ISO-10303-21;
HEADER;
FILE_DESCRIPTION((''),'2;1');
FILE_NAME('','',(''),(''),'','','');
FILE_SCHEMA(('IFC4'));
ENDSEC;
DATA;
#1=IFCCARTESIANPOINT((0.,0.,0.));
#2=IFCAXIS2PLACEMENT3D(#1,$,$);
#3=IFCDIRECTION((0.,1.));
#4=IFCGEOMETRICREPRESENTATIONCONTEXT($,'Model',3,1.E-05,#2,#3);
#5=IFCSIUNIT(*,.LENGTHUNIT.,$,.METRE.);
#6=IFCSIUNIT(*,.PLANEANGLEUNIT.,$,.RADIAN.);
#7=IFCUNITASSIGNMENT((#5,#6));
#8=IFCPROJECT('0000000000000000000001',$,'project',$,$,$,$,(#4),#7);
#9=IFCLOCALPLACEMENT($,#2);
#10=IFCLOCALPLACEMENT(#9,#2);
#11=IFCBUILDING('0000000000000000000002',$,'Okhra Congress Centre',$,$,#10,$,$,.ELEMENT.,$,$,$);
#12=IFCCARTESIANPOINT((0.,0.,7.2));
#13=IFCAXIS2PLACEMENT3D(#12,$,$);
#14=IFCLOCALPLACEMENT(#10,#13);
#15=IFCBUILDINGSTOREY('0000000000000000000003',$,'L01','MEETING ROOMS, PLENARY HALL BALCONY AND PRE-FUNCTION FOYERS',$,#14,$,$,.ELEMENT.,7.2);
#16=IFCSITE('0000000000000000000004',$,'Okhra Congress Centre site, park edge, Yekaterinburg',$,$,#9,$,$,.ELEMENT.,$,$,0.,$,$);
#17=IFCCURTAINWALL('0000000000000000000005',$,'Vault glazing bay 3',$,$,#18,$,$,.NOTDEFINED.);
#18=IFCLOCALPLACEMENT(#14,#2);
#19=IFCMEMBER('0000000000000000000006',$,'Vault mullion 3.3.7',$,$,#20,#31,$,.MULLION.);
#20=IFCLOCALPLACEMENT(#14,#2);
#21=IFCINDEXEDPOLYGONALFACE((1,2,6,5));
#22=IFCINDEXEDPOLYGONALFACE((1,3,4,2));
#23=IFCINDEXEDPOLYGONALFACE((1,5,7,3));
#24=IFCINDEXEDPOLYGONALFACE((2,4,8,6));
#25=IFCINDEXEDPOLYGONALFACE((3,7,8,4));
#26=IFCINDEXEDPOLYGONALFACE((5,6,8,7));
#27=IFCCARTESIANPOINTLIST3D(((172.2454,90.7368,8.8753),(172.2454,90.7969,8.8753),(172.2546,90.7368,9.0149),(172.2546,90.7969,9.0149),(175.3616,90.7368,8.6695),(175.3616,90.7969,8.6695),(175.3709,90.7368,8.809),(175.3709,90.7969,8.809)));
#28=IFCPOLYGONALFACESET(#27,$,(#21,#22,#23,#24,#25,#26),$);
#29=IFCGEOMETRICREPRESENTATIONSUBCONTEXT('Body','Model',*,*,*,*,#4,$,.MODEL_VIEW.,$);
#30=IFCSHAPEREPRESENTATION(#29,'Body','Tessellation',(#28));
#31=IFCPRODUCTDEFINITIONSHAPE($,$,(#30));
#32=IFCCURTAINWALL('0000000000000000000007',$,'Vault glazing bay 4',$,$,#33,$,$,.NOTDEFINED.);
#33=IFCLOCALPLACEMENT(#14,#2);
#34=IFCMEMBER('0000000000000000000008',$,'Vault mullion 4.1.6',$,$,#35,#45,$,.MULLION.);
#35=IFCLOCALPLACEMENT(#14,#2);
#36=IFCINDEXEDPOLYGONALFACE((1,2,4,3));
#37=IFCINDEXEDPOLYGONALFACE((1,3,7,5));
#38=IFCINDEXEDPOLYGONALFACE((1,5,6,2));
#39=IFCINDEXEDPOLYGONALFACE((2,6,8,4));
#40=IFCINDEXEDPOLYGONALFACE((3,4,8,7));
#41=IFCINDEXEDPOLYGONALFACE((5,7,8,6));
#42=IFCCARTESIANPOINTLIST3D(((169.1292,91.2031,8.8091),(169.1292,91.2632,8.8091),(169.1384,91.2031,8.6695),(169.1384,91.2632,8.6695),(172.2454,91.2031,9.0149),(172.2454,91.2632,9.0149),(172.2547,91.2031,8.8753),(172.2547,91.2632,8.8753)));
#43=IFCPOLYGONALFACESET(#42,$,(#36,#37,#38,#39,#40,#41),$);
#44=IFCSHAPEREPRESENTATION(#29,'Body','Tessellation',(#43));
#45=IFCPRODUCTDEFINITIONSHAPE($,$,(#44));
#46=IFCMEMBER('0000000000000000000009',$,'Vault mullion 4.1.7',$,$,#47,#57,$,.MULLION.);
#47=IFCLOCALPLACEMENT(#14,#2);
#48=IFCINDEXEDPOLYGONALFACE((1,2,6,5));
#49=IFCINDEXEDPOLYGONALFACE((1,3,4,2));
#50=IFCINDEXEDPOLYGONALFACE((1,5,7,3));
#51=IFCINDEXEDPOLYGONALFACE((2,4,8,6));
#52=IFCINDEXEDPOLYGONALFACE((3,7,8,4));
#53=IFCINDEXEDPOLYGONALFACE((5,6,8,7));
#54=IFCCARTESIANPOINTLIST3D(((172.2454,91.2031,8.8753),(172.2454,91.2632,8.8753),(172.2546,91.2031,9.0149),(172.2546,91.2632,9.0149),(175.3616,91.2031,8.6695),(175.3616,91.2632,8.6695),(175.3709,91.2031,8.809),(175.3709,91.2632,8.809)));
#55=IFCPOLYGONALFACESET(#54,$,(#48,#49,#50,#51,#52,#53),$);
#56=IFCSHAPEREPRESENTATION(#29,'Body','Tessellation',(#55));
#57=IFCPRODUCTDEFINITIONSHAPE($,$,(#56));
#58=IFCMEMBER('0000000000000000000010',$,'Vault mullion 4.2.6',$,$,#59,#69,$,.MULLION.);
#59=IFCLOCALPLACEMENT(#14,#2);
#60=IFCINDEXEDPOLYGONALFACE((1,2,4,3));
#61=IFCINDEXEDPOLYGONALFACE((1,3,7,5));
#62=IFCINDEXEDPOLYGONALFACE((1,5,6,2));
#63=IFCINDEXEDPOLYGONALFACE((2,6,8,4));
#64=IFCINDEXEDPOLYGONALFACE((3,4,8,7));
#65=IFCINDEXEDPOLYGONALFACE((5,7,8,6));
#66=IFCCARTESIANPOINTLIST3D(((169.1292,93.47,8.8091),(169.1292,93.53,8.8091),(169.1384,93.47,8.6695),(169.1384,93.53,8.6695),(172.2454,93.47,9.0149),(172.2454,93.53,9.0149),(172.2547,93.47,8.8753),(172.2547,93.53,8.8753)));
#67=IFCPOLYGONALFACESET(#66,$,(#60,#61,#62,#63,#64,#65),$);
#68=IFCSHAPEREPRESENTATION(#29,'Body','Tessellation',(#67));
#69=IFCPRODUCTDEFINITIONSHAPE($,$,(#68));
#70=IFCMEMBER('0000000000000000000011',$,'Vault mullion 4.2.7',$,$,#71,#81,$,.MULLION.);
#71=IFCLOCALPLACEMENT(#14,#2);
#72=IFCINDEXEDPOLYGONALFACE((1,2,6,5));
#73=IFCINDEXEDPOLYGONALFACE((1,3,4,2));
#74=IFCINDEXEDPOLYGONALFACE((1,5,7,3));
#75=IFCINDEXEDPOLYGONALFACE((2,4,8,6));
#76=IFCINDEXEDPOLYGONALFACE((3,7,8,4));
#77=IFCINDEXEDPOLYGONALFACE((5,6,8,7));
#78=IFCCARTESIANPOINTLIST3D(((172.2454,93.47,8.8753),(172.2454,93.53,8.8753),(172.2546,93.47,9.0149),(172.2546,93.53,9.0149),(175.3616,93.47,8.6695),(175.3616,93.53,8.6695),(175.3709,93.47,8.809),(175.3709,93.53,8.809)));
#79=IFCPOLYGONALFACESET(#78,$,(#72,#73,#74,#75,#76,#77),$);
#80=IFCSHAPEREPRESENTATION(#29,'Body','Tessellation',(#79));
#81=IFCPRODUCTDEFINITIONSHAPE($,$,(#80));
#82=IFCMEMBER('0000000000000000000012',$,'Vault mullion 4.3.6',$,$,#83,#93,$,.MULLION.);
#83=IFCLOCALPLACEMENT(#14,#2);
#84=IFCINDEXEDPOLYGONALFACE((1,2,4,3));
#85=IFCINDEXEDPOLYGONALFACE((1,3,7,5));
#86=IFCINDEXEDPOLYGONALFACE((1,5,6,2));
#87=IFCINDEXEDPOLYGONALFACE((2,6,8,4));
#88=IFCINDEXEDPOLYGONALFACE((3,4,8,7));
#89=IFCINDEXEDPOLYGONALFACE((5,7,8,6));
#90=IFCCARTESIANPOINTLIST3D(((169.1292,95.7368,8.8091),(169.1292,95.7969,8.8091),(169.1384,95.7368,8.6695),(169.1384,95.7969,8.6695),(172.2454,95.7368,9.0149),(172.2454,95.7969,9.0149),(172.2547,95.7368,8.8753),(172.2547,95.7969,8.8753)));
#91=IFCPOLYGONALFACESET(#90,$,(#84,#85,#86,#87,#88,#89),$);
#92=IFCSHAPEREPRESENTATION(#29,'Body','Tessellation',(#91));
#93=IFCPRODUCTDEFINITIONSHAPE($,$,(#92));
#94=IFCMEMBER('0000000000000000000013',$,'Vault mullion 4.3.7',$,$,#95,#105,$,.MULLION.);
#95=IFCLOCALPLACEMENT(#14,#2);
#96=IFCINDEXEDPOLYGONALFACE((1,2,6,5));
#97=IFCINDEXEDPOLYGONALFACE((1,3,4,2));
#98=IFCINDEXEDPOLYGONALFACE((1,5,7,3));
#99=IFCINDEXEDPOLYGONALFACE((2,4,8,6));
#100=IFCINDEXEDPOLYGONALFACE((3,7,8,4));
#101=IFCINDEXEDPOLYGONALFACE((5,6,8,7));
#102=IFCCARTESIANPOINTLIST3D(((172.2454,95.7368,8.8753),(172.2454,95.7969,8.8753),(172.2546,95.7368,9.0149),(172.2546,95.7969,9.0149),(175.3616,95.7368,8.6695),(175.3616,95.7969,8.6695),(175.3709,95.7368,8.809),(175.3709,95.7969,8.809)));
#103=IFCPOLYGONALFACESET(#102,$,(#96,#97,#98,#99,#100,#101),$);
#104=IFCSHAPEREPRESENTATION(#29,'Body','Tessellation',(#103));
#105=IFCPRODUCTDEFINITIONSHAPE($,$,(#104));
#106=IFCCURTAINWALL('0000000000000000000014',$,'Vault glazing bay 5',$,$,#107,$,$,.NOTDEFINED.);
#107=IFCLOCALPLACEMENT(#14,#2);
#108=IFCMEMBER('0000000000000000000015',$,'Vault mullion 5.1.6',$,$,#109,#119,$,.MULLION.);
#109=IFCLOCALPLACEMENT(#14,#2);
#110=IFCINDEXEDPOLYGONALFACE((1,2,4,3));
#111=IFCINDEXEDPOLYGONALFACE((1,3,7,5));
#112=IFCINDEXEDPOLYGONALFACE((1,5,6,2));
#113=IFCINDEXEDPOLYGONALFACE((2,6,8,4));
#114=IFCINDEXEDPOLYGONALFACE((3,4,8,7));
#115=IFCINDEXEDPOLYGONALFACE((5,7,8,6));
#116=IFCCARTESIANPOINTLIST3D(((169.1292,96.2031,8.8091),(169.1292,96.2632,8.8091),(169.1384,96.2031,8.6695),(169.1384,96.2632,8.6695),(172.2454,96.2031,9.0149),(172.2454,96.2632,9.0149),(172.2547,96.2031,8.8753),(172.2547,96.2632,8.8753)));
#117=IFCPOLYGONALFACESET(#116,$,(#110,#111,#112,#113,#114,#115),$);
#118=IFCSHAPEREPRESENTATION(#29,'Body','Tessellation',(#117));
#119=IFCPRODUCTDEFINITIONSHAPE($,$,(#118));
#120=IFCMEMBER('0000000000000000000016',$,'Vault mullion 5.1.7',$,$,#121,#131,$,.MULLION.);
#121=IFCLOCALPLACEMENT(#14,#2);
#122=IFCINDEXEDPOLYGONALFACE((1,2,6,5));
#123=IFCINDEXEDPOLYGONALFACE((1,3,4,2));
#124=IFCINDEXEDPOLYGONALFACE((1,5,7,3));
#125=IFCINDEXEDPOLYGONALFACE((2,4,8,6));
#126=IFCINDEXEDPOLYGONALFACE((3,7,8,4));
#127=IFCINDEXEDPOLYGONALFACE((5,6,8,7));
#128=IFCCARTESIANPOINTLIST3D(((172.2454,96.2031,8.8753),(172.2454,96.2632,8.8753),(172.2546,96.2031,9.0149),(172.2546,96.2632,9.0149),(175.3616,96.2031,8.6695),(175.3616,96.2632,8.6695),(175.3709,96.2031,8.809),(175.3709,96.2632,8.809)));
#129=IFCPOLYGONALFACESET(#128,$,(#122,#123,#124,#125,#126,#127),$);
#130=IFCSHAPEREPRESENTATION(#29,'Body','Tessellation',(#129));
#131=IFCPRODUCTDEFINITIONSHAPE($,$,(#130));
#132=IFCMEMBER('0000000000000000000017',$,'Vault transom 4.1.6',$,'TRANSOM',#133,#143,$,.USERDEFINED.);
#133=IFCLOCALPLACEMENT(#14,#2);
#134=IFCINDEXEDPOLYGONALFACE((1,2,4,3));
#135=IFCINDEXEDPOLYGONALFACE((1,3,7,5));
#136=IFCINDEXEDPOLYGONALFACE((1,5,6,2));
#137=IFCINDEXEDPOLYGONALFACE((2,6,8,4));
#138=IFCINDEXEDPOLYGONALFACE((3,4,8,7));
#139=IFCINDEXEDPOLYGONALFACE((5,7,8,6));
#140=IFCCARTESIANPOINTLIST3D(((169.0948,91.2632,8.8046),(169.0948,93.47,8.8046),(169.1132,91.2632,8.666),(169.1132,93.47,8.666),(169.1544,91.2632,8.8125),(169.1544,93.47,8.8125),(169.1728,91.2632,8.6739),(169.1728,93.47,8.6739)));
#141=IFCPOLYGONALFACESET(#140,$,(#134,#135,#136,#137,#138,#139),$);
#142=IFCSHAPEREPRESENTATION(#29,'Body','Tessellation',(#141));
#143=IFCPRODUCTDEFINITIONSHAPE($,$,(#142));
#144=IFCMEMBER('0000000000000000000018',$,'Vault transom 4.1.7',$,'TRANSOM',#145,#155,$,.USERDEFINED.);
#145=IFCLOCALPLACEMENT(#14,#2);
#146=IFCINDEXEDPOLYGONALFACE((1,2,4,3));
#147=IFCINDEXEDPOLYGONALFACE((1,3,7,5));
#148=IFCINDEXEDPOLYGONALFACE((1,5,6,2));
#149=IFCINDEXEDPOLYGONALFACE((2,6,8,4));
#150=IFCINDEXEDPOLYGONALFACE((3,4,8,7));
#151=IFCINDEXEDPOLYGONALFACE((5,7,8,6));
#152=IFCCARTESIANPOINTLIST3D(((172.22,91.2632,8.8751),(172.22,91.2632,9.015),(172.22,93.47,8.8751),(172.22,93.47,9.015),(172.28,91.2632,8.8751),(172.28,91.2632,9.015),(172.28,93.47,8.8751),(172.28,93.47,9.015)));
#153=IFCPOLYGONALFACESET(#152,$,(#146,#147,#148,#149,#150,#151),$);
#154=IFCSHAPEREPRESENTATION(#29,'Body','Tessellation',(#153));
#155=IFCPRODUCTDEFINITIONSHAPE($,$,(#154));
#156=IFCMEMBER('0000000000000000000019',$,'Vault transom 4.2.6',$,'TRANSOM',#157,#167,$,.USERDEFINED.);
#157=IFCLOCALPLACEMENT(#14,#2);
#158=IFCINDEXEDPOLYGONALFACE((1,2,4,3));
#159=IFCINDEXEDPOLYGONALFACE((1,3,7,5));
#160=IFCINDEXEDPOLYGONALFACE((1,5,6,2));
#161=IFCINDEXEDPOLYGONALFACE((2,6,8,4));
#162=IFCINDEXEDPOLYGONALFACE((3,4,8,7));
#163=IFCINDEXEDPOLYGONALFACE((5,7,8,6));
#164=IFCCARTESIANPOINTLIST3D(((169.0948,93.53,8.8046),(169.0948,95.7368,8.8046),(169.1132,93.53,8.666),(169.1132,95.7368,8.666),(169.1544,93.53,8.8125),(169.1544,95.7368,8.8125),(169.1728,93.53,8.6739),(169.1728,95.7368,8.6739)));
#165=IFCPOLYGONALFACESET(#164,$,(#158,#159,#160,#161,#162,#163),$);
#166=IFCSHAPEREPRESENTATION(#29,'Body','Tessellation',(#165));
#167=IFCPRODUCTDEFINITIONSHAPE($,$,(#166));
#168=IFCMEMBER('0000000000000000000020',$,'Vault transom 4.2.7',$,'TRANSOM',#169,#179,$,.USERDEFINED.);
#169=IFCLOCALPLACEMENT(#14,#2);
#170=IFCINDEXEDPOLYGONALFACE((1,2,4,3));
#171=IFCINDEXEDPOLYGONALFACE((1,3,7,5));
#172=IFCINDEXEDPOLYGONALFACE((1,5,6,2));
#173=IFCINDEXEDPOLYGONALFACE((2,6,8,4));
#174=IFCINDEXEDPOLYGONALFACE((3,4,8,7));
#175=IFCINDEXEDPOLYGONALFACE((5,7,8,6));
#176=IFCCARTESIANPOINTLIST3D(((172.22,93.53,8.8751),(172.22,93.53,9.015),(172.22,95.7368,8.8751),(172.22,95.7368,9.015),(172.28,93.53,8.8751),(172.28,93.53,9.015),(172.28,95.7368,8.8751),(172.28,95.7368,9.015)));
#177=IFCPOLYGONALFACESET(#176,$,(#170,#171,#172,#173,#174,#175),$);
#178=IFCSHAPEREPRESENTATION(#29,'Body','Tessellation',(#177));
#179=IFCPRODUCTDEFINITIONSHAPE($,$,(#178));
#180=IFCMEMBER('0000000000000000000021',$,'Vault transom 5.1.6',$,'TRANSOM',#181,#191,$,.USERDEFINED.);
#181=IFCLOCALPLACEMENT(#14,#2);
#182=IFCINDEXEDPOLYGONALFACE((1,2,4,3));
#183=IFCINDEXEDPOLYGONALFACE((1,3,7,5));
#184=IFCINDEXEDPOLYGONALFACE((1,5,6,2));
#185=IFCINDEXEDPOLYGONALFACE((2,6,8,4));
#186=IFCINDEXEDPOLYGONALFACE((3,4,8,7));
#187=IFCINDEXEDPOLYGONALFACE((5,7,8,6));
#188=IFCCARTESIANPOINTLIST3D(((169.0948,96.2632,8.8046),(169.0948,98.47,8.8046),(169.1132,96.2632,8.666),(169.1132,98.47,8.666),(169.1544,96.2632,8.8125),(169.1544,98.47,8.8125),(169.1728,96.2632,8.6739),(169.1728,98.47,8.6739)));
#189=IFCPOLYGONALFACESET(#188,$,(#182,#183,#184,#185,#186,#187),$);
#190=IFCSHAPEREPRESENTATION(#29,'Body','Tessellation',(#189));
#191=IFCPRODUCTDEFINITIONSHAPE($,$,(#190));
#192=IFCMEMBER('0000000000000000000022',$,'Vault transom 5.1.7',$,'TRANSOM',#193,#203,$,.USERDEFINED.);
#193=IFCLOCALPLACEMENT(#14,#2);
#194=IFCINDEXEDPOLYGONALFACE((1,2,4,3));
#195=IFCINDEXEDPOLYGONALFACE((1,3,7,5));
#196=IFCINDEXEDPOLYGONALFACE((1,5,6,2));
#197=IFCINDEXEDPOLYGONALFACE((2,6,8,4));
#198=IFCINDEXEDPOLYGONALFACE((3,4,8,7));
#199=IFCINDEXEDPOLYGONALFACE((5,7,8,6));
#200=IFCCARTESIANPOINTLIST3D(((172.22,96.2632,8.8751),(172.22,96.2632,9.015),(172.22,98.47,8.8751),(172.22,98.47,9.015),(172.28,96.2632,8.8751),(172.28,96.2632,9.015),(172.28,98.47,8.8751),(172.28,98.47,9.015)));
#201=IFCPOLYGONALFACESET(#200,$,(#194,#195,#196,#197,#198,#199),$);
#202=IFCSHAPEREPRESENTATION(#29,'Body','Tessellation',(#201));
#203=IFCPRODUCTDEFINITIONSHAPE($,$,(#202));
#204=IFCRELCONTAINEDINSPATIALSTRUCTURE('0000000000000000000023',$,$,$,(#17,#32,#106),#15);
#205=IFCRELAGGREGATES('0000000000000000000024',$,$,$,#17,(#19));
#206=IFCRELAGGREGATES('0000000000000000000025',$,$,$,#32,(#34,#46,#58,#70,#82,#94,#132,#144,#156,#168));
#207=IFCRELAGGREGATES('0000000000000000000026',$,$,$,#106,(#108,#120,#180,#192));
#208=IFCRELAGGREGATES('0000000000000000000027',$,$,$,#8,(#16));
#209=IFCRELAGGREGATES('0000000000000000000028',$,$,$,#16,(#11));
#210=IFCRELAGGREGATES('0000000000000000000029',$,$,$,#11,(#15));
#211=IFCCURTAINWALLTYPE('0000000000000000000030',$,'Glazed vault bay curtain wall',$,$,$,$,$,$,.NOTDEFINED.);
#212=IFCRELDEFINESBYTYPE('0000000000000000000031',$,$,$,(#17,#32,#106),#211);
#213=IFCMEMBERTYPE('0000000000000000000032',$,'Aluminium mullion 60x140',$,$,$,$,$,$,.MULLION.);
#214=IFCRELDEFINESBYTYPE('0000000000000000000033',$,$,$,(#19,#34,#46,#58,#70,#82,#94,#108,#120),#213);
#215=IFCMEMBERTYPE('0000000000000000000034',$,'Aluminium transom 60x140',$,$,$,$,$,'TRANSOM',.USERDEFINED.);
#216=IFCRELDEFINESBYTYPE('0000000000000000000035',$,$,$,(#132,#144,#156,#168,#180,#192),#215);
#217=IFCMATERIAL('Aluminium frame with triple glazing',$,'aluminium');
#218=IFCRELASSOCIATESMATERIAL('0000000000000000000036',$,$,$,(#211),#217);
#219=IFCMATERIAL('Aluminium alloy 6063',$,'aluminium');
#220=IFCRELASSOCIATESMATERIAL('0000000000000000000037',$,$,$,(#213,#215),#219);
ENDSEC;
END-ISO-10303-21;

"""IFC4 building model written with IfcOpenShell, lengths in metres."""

from ifc_helpers import new_model, si_unit, direction, frame, origin, origin_2d, place, context, subcontext, project, spatial, rectangle, extrude, material, material_profile, profile_set, type_object, element, aggregate, save


model = new_model("IFC4")

# Units and contexts
model_context = context("Model", 3, precision=1e-05, world=origin(), true_north=direction((0.0, 1.0)))
body_context = subcontext(model_context, "Body", "Model", "MODEL_VIEW")
ifc_project = project(units=[si_unit("LENGTHUNIT", "METRE"), si_unit("PLANEANGLEUNIT", "RADIAN")], contexts=[model_context])

# Site, building, storey
site_placement = place(None, origin())
site = spatial("IfcSite", under=ifc_project, at=site_placement, Name="Okhra Congress Centre site, park edge, Yekaterinburg", CompositionType="ELEMENT", RefElevation=0.0)
building_placement = place(site_placement, origin())
building = spatial("IfcBuilding", under=site, at=building_placement, Name="Okhra Congress Centre", CompositionType="ELEMENT")
storey_placement = place(building_placement, frame((0.0, 0.0, 7.2)))
storey = spatial("IfcBuildingStorey", under=building, at=storey_placement, Name="L01", Description="MEETING ROOMS, PLENARY HALL BALCONY AND PRE-FUNCTION FOYERS", CompositionType="ELEMENT", Elevation=7.2)

# Curtain wall, member
ifc_material_1 = material(Name="Aluminium frame with triple glazing", Category="aluminium")
curtain_wall_type = type_object("IfcCurtainWallType", Name="Glazed vault bay curtain wall", PredefinedType="NOTDEFINED", material=ifc_material_1)
curtain_wall_1_placement = place(storey_placement, origin())
curtain_wall_1 = element("IfcCurtainWall", 1, at=curtain_wall_1_placement, inside=storey, type_object=curtain_wall_type, Name="Vault glazing bay 3", PredefinedType="NOTDEFINED")
ifc_material_2 = material(Name="Aluminium alloy 6063", Category="aluminium")
ifc_material_profile_1 = material_profile(ifc_material_2, rectangle(XDim=0.0601, YDim=0.1399, at=origin_2d()), Name="AL 60x140")
ifc_profile_set_1 = profile_set([ifc_material_profile_1], Name="Aluminium alloy 6063")
member_type_1 = type_object("IfcMemberType", Name="Aluminium mullion 60x140", PredefinedType="MULLION", material=ifc_profile_set_1)
member_1_placement = place(storey_placement, frame((172.25, 90.7668, 8.9451), z_axis=(0.997826, 0.0, -0.065902), x_axis=(0.0, 1.0, 0.0)))
member_1 = element("IfcMember", 2, at=member_1_placement, type_object=member_type_1, Name="Vault mullion 3.3.7", PredefinedType="MULLION", context=body_context, shape_type="SweptSolid", body=[
    extrude(rectangle(XDim=0.0601, YDim=0.1399, at=origin_2d()), origin(), (0.0, 0.0, 1.0), 3.123),
])
aggregate(curtain_wall_1, [member_1])

# Curtain walls, members
curtain_wall_2_placement = place(storey_placement, origin())
curtain_wall_2 = element("IfcCurtainWall", 3, at=curtain_wall_2_placement, inside=storey, type_object=curtain_wall_type, Name="Vault glazing bay 4", PredefinedType="NOTDEFINED")
member_2_placement = place(storey_placement, frame((169.1338, 91.2332, 8.7393), z_axis=(0.997826, 0.0, 0.065902), x_axis=(0.0, 1.0, 0.0)))
member_2 = element("IfcMember", 4, at=member_2_placement, type_object=member_type_1, Name="Vault mullion 4.1.6", PredefinedType="MULLION", context=body_context, shape_type="SweptSolid", body=[
    extrude(rectangle(XDim=0.0601, YDim=0.1399, at=origin_2d()), origin(), (0.0, 0.0, 1.0), 3.123),
])
member_3_placement = place(storey_placement, frame((172.25, 91.2332, 8.9451), z_axis=(0.997826, 0.0, -0.065902), x_axis=(0.0, 1.0, 0.0)))
member_3 = element("IfcMember", 5, at=member_3_placement, type_object=member_type_1, Name="Vault mullion 4.1.7", PredefinedType="MULLION", context=body_context, shape_type="SweptSolid", body=[
    extrude(rectangle(XDim=0.0601, YDim=0.1399, at=origin_2d()), origin(), (0.0, 0.0, 1.0), 3.123),
])
member_4_placement = place(storey_placement, frame((169.1338, 93.5, 8.7393), z_axis=(0.997826, 0.0, 0.065902), x_axis=(0.0, 1.0, 0.0)))
member_4 = element("IfcMember", 6, at=member_4_placement, type_object=member_type_1, Name="Vault mullion 4.2.6", PredefinedType="MULLION", context=body_context, shape_type="SweptSolid", body=[
    extrude(rectangle(XDim=0.0601, YDim=0.1399, at=origin_2d()), origin(), (0.0, 0.0, 1.0), 3.123),
])
member_5_placement = place(storey_placement, frame((172.25, 93.5, 8.9451), z_axis=(0.997826, 0.0, -0.065902), x_axis=(0.0, 1.0, 0.0)))
member_5 = element("IfcMember", 7, at=member_5_placement, type_object=member_type_1, Name="Vault mullion 4.2.7", PredefinedType="MULLION", context=body_context, shape_type="SweptSolid", body=[
    extrude(rectangle(XDim=0.0601, YDim=0.1399, at=origin_2d()), origin(), (0.0, 0.0, 1.0), 3.123),
])
member_6_placement = place(storey_placement, frame((169.1338, 95.7668, 8.7393), z_axis=(0.997826, 0.0, 0.065902), x_axis=(0.0, 1.0, 0.0)))
member_6 = element("IfcMember", 8, at=member_6_placement, type_object=member_type_1, Name="Vault mullion 4.3.6", PredefinedType="MULLION", context=body_context, shape_type="SweptSolid", body=[
    extrude(rectangle(XDim=0.0601, YDim=0.1399, at=origin_2d()), origin(), (0.0, 0.0, 1.0), 3.123),
])
member_7_placement = place(storey_placement, frame((172.25, 95.7668, 8.9451), z_axis=(0.997826, 0.0, -0.065902), x_axis=(0.0, 1.0, 0.0)))
member_7 = element("IfcMember", 9, at=member_7_placement, type_object=member_type_1, Name="Vault mullion 4.3.7", PredefinedType="MULLION", context=body_context, shape_type="SweptSolid", body=[
    extrude(rectangle(XDim=0.0601, YDim=0.1399, at=origin_2d()), origin(), (0.0, 0.0, 1.0), 3.123),
])
curtain_wall_3_placement = place(storey_placement, origin())
curtain_wall_3 = element("IfcCurtainWall", 10, at=curtain_wall_3_placement, inside=storey, type_object=curtain_wall_type, Name="Vault glazing bay 5", PredefinedType="NOTDEFINED")
member_8_placement = place(storey_placement, frame((169.1338, 96.2332, 8.7393), z_axis=(0.997826, 0.0, 0.065902), x_axis=(0.0, 1.0, 0.0)))
member_8 = element("IfcMember", 11, at=member_8_placement, type_object=member_type_1, Name="Vault mullion 5.1.6", PredefinedType="MULLION", context=body_context, shape_type="SweptSolid", body=[
    extrude(rectangle(XDim=0.0601, YDim=0.1399, at=origin_2d()), origin(), (0.0, 0.0, 1.0), 3.123),
])
member_9_placement = place(storey_placement, frame((172.25, 96.2332, 8.9451), z_axis=(0.997826, 0.0, -0.065902), x_axis=(0.0, 1.0, 0.0)))
member_9 = element("IfcMember", 12, at=member_9_placement, type_object=member_type_1, Name="Vault mullion 5.1.7", PredefinedType="MULLION", context=body_context, shape_type="SweptSolid", body=[
    extrude(rectangle(XDim=0.0601, YDim=0.1399, at=origin_2d()), origin(), (0.0, 0.0, 1.0), 3.123),
])

# Members
ifc_material_profile_2 = material_profile(ifc_material_2, rectangle(XDim=0.0601, YDim=0.1399, at=origin_2d()), Name="AL 60x140 transom")
ifc_profile_set_2 = profile_set([ifc_material_profile_2], Name="Aluminium alloy 6063")
member_type_2 = type_object("IfcMemberType", Name="Aluminium transom 60x140", ElementType="TRANSOM", PredefinedType="USERDEFINED", material=ifc_profile_set_2)
member_10_placement = place(storey_placement, frame((169.1338, 91.2632, 8.7393), z_axis=(0.0, 1.0, 0.0), x_axis=(-0.991307, 0.0, -0.131568)))
member_10 = element("IfcMember", 13, at=member_10_placement, type_object=member_type_2, Name="Vault transom 4.1.6", ObjectType="TRANSOM", PredefinedType="USERDEFINED", context=body_context, shape_type="SweptSolid", body=[
    extrude(rectangle(XDim=0.0601, YDim=0.1399, at=origin_2d()), origin(), (0.0, 0.0, 1.0), 2.2068),
])
member_11_placement = place(storey_placement, frame((172.25, 91.2632, 8.9451), z_axis=(0.0, 1.0, 0.0), x_axis=(-1.0, 0.0, 0.0)))
member_11 = element("IfcMember", 14, at=member_11_placement, type_object=member_type_2, Name="Vault transom 4.1.7", ObjectType="TRANSOM", PredefinedType="USERDEFINED", context=body_context, shape_type="SweptSolid", body=[
    extrude(rectangle(XDim=0.0601, YDim=0.1399, at=origin_2d()), origin(), (0.0, 0.0, 1.0), 2.2068),
])
member_12_placement = place(storey_placement, frame((169.1338, 93.53, 8.7393), z_axis=(0.0, 1.0, 0.0), x_axis=(-0.991307, 0.0, -0.131568)))
member_12 = element("IfcMember", 15, at=member_12_placement, type_object=member_type_2, Name="Vault transom 4.2.6", ObjectType="TRANSOM", PredefinedType="USERDEFINED", context=body_context, shape_type="SweptSolid", body=[
    extrude(rectangle(XDim=0.0601, YDim=0.1399, at=origin_2d()), origin(), (0.0, 0.0, 1.0), 2.2068),
])
member_13_placement = place(storey_placement, frame((172.25, 93.53, 8.9451), z_axis=(0.0, 1.0, 0.0), x_axis=(-1.0, 0.0, 0.0)))
member_13 = element("IfcMember", 16, at=member_13_placement, type_object=member_type_2, Name="Vault transom 4.2.7", ObjectType="TRANSOM", PredefinedType="USERDEFINED", context=body_context, shape_type="SweptSolid", body=[
    extrude(rectangle(XDim=0.0601, YDim=0.1399, at=origin_2d()), origin(), (0.0, 0.0, 1.0), 2.2068),
])
member_14_placement = place(storey_placement, frame((169.1338, 96.2632, 8.7393), z_axis=(0.0, 1.0, 0.0), x_axis=(-0.991307, 0.0, -0.131568)))
member_14 = element("IfcMember", 17, at=member_14_placement, type_object=member_type_2, Name="Vault transom 5.1.6", ObjectType="TRANSOM", PredefinedType="USERDEFINED", context=body_context, shape_type="SweptSolid", body=[
    extrude(rectangle(XDim=0.0601, YDim=0.1399, at=origin_2d()), origin(), (0.0, 0.0, 1.0), 2.2068),
])
member_15_placement = place(storey_placement, frame((172.25, 96.2632, 8.9451), z_axis=(0.0, 1.0, 0.0), x_axis=(-1.0, 0.0, 0.0)))
member_15 = element("IfcMember", 18, at=member_15_placement, type_object=member_type_2, Name="Vault transom 5.1.7", ObjectType="TRANSOM", PredefinedType="USERDEFINED", context=body_context, shape_type="SweptSolid", body=[
    extrude(rectangle(XDim=0.0601, YDim=0.1399, at=origin_2d()), origin(), (0.0, 0.0, 1.0), 2.2068),
])

aggregate(curtain_wall_2, [member_2, member_3, member_4, member_5, member_6, member_7, member_10, member_11, member_12, member_13])
aggregate(curtain_wall_3, [member_8, member_9, member_14, member_15])

save(model, "model.ifc")
